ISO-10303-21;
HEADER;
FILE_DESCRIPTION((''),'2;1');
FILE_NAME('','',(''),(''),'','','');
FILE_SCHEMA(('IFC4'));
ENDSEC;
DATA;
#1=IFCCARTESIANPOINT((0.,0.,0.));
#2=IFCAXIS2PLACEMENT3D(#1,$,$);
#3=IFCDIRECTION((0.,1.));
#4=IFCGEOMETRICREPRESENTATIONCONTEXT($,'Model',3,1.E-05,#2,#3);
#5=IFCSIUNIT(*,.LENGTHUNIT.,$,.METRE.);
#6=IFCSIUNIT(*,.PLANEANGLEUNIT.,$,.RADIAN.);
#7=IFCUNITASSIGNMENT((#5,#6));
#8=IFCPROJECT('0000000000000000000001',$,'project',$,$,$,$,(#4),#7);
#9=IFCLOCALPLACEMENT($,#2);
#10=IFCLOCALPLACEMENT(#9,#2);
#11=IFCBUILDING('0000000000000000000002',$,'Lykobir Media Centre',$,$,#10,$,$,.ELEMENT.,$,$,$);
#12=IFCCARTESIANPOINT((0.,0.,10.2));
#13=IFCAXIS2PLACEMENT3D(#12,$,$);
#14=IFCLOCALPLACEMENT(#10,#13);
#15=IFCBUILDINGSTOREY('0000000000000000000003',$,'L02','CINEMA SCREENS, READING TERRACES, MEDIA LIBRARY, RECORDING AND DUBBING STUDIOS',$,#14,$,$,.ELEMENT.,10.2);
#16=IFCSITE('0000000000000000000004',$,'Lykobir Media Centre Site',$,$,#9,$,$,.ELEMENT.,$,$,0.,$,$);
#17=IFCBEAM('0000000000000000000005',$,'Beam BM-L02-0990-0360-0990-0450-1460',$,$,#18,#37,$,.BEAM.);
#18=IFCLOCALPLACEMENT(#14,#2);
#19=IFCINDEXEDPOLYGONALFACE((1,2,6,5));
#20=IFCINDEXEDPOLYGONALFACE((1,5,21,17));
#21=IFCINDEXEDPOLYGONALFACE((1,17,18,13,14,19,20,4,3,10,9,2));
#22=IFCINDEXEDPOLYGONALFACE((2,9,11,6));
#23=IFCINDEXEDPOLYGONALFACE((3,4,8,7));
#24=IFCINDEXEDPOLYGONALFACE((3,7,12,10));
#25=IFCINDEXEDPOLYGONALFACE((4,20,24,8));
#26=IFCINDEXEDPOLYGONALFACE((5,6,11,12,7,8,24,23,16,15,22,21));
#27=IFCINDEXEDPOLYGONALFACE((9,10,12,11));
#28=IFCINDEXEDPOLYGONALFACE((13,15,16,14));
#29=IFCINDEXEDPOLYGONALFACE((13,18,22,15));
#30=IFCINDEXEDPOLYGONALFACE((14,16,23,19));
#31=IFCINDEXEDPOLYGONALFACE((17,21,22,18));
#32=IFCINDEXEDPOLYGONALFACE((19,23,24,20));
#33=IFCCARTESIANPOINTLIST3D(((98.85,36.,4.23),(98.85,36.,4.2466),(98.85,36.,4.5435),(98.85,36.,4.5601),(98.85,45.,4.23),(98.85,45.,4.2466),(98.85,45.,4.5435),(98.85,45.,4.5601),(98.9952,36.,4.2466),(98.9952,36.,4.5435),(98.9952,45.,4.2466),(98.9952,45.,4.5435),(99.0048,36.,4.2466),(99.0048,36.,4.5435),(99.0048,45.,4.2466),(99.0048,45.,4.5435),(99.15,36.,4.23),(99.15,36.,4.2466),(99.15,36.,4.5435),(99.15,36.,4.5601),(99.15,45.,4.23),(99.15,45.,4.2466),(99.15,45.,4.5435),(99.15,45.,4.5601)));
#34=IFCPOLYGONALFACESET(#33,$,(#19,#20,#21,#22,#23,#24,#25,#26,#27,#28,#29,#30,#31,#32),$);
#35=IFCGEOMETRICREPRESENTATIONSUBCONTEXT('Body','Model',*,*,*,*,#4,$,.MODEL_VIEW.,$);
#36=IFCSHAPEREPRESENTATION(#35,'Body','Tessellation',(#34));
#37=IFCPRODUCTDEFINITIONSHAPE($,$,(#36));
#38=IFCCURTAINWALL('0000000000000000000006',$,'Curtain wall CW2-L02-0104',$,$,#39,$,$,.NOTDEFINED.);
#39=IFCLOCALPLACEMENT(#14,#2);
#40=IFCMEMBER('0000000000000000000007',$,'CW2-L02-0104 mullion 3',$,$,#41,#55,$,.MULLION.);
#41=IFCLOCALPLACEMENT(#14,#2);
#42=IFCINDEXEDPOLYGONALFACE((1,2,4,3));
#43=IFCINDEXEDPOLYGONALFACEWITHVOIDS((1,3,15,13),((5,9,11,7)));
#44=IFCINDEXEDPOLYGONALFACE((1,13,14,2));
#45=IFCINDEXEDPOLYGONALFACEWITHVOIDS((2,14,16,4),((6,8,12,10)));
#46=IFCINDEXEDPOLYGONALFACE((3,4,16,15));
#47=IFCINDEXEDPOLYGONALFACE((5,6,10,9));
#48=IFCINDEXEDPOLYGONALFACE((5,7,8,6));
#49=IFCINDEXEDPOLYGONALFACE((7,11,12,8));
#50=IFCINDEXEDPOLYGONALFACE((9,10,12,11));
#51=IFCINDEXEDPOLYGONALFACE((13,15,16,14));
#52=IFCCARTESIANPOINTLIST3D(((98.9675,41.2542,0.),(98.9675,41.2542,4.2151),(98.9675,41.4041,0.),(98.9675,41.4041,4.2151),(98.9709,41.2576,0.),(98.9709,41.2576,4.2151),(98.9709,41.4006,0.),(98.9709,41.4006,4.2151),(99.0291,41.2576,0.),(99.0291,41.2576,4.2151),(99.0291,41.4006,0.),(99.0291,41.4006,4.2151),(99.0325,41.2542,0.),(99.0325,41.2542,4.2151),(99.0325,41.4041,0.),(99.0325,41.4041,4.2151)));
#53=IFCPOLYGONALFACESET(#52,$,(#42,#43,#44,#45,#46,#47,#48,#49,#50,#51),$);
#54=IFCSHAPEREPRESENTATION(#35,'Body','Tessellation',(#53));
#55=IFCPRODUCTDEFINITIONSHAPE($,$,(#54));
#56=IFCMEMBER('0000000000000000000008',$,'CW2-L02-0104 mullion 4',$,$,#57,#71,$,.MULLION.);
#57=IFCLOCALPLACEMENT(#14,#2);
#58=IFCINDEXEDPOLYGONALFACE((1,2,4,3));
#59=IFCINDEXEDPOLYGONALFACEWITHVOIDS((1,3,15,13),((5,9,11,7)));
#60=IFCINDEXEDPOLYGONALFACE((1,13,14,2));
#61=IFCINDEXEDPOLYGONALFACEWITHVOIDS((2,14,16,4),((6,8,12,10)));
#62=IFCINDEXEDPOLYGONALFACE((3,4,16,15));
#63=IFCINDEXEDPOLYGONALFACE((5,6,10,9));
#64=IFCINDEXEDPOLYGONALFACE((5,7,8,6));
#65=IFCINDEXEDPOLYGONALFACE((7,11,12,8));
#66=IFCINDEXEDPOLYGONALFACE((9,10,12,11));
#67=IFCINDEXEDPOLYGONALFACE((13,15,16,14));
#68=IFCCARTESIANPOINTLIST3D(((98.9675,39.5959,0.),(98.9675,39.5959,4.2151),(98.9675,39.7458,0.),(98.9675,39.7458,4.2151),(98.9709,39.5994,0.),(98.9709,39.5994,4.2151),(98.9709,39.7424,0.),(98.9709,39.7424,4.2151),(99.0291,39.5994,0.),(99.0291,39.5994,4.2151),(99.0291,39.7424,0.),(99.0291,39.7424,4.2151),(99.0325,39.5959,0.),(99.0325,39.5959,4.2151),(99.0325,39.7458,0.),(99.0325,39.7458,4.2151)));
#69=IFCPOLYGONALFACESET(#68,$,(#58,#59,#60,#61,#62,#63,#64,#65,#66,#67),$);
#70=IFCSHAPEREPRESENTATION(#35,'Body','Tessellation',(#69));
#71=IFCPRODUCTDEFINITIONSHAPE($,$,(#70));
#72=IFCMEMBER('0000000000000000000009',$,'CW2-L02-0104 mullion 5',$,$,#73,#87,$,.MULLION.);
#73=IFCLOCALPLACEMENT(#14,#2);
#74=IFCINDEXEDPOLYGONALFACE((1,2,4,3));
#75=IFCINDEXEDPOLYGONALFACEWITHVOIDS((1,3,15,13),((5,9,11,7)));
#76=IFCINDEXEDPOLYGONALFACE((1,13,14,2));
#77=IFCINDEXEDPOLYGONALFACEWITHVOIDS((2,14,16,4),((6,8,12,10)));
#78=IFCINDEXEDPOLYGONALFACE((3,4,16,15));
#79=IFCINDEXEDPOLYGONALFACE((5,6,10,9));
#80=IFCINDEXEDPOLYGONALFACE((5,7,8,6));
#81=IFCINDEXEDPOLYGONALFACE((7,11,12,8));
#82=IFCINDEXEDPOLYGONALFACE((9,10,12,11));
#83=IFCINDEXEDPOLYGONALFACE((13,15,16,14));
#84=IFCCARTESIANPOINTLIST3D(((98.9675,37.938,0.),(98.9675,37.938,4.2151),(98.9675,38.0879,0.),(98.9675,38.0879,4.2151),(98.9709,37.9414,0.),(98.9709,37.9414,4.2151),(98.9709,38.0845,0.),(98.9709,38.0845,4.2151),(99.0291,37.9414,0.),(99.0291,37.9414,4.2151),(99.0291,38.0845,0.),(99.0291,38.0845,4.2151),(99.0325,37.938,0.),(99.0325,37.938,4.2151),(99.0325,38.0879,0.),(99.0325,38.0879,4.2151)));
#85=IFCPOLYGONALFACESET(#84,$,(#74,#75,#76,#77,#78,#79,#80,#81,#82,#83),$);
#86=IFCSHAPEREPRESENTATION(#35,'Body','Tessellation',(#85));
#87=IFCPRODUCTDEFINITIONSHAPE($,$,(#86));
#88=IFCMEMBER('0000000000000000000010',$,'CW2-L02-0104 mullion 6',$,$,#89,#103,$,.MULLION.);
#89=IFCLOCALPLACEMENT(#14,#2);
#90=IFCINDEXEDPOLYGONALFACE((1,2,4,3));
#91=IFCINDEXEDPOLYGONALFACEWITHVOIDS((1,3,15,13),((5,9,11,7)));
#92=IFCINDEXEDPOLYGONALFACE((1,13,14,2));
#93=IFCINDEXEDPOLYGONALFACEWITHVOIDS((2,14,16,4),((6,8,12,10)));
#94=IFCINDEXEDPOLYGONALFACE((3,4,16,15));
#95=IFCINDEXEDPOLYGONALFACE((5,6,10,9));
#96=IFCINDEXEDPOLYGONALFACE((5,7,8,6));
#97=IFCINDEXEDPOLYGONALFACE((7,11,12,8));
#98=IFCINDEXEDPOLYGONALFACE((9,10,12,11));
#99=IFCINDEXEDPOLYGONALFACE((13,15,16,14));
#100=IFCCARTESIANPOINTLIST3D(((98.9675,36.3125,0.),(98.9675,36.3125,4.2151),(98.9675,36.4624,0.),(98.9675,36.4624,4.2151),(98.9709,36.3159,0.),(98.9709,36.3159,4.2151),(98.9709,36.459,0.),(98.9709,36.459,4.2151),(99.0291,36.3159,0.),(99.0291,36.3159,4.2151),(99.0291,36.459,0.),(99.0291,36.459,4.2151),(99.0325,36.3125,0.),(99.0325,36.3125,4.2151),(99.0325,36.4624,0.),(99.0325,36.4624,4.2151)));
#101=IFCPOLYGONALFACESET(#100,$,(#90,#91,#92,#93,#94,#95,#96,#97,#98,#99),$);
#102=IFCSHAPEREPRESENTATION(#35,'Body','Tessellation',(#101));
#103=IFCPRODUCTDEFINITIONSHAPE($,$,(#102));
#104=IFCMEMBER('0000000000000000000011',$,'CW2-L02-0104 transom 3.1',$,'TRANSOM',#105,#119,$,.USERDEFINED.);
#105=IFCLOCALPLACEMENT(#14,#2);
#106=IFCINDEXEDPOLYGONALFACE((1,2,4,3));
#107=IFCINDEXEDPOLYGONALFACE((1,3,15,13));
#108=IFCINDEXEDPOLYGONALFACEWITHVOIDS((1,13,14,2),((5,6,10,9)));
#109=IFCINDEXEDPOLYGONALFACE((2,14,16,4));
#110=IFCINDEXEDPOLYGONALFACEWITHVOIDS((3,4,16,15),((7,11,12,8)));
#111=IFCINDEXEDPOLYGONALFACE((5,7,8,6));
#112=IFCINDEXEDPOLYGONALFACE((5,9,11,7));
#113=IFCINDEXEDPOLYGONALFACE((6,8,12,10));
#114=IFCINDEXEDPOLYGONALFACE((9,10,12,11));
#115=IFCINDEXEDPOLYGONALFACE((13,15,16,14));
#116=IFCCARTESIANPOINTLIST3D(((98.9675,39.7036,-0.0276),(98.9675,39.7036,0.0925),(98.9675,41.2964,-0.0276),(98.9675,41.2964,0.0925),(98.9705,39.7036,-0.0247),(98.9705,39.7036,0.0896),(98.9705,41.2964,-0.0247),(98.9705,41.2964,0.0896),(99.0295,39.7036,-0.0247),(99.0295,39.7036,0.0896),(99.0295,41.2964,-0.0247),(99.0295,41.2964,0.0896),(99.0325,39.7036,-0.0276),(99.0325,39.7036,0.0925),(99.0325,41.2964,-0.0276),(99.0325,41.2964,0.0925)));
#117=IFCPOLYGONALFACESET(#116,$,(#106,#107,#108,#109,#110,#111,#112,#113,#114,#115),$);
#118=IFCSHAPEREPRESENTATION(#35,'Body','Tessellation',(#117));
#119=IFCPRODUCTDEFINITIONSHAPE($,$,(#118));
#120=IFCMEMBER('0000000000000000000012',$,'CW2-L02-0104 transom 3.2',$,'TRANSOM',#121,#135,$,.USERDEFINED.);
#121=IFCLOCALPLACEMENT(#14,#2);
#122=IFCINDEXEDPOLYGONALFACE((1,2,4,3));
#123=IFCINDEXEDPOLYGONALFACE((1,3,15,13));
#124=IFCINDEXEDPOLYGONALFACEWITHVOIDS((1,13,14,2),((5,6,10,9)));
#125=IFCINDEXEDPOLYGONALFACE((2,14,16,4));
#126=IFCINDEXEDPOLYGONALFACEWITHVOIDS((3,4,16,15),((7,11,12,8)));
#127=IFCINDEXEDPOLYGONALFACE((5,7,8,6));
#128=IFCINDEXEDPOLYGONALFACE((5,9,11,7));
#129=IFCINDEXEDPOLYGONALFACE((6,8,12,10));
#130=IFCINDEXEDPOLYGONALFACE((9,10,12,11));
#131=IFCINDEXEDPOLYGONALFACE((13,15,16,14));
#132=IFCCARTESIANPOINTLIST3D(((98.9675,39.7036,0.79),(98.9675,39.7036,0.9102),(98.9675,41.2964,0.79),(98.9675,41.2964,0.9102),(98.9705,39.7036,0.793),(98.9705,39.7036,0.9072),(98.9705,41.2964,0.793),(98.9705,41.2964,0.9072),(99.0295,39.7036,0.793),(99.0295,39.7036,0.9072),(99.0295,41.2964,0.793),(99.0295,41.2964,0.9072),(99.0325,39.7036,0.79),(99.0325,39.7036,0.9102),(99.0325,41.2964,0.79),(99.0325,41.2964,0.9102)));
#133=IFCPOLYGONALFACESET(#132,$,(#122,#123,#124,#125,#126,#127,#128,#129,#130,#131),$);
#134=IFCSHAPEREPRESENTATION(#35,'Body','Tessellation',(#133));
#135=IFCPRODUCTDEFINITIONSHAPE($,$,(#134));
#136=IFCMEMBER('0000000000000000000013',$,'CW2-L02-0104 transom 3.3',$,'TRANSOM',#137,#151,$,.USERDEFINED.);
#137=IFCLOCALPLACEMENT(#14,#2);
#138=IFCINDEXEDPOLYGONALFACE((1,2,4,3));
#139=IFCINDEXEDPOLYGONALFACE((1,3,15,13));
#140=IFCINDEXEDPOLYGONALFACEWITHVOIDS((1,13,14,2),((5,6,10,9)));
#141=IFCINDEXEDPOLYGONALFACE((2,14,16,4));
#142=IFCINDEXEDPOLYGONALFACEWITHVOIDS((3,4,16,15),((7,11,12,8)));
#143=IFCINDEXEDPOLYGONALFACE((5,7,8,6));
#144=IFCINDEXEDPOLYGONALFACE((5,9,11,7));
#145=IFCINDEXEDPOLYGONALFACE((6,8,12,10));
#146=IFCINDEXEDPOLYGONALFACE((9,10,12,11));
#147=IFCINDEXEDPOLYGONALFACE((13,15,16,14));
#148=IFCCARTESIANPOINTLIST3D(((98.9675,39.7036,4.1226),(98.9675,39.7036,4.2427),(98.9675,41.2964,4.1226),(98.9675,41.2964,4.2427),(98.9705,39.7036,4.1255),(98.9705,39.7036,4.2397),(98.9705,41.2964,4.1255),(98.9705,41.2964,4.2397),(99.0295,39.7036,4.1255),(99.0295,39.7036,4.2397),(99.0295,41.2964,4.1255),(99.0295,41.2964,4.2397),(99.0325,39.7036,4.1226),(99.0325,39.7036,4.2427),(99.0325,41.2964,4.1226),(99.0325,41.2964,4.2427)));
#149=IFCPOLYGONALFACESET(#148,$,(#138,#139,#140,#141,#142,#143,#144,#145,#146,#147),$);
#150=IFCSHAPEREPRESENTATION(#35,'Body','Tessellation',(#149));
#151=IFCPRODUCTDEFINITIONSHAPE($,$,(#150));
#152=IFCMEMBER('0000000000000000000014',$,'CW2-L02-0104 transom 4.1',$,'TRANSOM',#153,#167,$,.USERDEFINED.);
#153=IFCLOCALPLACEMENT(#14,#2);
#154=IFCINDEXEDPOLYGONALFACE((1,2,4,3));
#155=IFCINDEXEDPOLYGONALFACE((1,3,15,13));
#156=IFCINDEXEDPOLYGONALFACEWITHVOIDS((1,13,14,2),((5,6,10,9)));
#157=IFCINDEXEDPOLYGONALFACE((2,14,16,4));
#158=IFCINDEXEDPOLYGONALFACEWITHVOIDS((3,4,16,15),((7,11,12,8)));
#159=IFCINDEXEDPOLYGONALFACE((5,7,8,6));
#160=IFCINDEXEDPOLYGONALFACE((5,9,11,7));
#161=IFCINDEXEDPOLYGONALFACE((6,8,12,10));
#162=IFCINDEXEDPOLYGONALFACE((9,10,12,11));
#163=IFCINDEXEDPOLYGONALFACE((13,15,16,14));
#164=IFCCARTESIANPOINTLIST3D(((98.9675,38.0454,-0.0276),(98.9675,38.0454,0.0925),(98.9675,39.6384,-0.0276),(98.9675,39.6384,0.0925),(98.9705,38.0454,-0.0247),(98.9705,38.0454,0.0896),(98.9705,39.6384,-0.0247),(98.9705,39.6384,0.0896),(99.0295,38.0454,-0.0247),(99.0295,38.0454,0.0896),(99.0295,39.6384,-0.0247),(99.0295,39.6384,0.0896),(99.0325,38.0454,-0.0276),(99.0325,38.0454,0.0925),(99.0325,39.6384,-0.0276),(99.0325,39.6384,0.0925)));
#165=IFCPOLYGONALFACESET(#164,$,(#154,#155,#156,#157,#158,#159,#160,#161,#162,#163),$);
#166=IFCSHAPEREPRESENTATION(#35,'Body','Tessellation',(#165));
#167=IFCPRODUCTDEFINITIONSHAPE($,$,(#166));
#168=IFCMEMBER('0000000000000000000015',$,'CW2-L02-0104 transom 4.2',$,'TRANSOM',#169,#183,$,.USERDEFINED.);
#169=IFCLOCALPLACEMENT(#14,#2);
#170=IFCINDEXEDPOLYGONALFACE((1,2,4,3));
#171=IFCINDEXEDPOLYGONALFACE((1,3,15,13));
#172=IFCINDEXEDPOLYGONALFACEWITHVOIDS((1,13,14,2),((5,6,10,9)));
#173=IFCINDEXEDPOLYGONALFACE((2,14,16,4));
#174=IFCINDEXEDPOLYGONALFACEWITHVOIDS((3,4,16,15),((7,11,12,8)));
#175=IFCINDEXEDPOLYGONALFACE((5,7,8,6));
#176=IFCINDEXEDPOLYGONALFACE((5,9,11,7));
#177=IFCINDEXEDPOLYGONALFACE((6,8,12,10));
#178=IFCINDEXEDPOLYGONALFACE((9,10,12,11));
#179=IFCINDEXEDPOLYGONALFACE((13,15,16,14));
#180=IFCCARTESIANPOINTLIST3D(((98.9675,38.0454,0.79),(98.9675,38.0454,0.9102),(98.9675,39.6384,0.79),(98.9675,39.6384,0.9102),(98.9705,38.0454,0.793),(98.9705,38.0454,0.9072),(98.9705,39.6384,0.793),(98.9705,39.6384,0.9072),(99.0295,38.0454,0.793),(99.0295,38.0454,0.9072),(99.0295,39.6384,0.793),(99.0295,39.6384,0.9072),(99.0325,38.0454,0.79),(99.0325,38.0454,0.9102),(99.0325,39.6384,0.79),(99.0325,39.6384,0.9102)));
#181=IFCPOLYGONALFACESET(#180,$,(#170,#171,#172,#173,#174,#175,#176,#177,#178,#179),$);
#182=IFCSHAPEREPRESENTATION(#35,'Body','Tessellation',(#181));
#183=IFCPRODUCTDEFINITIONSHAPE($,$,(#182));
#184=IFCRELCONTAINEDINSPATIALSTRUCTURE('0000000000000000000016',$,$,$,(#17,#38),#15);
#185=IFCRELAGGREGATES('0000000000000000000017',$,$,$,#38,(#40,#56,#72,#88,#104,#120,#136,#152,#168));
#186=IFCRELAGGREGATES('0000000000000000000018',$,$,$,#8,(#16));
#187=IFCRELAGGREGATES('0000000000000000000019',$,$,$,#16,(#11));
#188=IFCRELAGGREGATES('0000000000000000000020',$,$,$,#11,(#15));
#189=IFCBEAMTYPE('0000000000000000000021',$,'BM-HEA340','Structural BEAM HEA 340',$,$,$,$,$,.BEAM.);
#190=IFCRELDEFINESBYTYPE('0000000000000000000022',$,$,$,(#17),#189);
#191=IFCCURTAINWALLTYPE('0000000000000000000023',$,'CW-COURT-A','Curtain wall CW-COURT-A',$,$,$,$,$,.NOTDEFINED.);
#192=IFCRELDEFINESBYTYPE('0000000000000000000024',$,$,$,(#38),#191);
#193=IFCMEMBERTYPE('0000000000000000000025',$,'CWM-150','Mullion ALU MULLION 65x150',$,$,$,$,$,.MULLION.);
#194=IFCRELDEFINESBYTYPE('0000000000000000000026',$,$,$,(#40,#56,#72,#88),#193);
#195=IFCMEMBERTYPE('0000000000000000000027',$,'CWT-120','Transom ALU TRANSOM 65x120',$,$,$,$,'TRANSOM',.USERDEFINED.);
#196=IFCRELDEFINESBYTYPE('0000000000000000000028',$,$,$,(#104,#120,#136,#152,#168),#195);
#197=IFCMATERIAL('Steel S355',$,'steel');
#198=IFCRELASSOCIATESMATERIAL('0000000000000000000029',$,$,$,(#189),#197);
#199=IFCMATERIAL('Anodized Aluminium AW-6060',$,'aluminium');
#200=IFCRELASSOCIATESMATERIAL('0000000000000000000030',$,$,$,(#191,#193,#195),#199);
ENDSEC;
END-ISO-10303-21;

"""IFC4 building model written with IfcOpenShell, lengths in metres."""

from ifc_helpers import new_model, si_unit, direction, frame, origin, origin_2d, place, context, subcontext, project, spatial, hollow_rectangle, i_section, extrude, material, material_profile, profile_set, type_object, element, aggregate, save


model = new_model("IFC4")

# Units and contexts
model_context = context("Model", 3, precision=1e-05, world=origin(), true_north=direction((0.0, 1.0)))
body_context = subcontext(model_context, "Body", "Model", "MODEL_VIEW")
ifc_project = project(units=[si_unit("LENGTHUNIT", "METRE"), si_unit("PLANEANGLEUNIT", "RADIAN")], contexts=[model_context])

# Site, building, storey
site_placement = place(None, origin())
site = spatial("IfcSite", under=ifc_project, at=site_placement, Name="Lykobir Media Centre Site", CompositionType="ELEMENT", RefElevation=0.0)
building_placement = place(site_placement, origin())
building = spatial("IfcBuilding", under=site, at=building_placement, Name="Lykobir Media Centre", CompositionType="ELEMENT")
storey_placement = place(building_placement, frame((0.0, 0.0, 10.2)))
storey = spatial("IfcBuildingStorey", under=building, at=storey_placement, Name="L02", Description="CINEMA SCREENS, READING TERRACES, MEDIA LIBRARY, RECORDING AND DUBBING STUDIOS", CompositionType="ELEMENT", Elevation=10.2)

# Beam
ifc_material_1 = material(Name="Steel S355", Category="steel")
ifc_material_profile_1 = material_profile(ifc_material_1, i_section(OverallWidth=0.3, OverallDepth=0.3301, WebThickness=0.0095, FlangeThickness=0.0166, at=origin_2d()), Name="HEA 340")
ifc_profile_set_1 = profile_set([ifc_material_profile_1], Name="Steel S355")
beam_type = type_object("IfcBeamType", Name="BM-HEA340", Description="Structural BEAM HEA 340", PredefinedType="BEAM", material=ifc_profile_set_1)
beam_placement = place(storey_placement, frame((99.0, 36.0, 4.395), z_axis=(0.0, 1.0, 0.0), x_axis=(-1.0, 0.0, 0.0)))
element("IfcBeam", 1, at=beam_placement, inside=storey, type_object=beam_type, Name="Beam BM-L02-0990-0360-0990-0450-1460", PredefinedType="BEAM", context=body_context, shape_type="SweptSolid", body=[
    extrude(i_section(OverallWidth=0.3, OverallDepth=0.3301, WebThickness=0.0095, FlangeThickness=0.0166, at=origin_2d()), origin(), (0.0, 0.0, 1.0), 9.0),
])

# Curtain wall, members
ifc_material_2 = material(Name="Anodized Aluminium AW-6060", Category="aluminium")
curtain_wall_type = type_object("IfcCurtainWallType", Name="CW-COURT-A", Description="Curtain wall CW-COURT-A", PredefinedType="NOTDEFINED", material=ifc_material_2)
curtain_wall_placement = place(storey_placement, origin())
curtain_wall = element("IfcCurtainWall", 2, at=curtain_wall_placement, inside=storey, type_object=curtain_wall_type, Name="Curtain wall CW2-L02-0104", PredefinedType="NOTDEFINED")
ifc_material_profile_2 = material_profile(ifc_material_2, hollow_rectangle(XDim=0.0649, YDim=0.1499, WallThickness=0.0034, at=origin_2d()), Name="ALU MULLION 65x150")
ifc_profile_set_2 = profile_set([ifc_material_profile_2], Name="Anodized Aluminium AW-6060")
member_type_1 = type_object("IfcMemberType", Name="CWM-150", Description="Mullion ALU MULLION 65x150", PredefinedType="MULLION", material=ifc_profile_set_2)
member_1_placement = place(storey_placement, frame((99.0, 41.3291, 0.0), z_axis=(0.0, 0.0, 1.0), x_axis=(1.0, 0.0, 0.0)))
member_1 = element("IfcMember", 3, at=member_1_placement, type_object=member_type_1, Name="CW2-L02-0104 mullion 3", PredefinedType="MULLION", context=body_context, shape_type="SweptSolid", body=[
    extrude(hollow_rectangle(XDim=0.0649, YDim=0.1499, WallThickness=0.0034, at=origin_2d()), origin(), (0.0, 0.0, 1.0), 4.2151),
])
member_2_placement = place(storey_placement, frame((99.0, 39.6709, 0.0), z_axis=(0.0, 0.0, 1.0), x_axis=(1.0, 0.0, 0.0)))
member_2 = element("IfcMember", 4, at=member_2_placement, type_object=member_type_1, Name="CW2-L02-0104 mullion 4", PredefinedType="MULLION", context=body_context, shape_type="SweptSolid", body=[
    extrude(hollow_rectangle(XDim=0.0649, YDim=0.1499, WallThickness=0.0034, at=origin_2d()), origin(), (0.0, 0.0, 1.0), 4.2151),
])
member_3_placement = place(storey_placement, frame((99.0, 38.0129, 0.0), z_axis=(0.0, 0.0, 1.0), x_axis=(1.0, 0.0, 0.0)))
member_3 = element("IfcMember", 5, at=member_3_placement, type_object=member_type_1, Name="CW2-L02-0104 mullion 5", PredefinedType="MULLION", context=body_context, shape_type="SweptSolid", body=[
    extrude(hollow_rectangle(XDim=0.0649, YDim=0.1499, WallThickness=0.0034, at=origin_2d()), origin(), (0.0, 0.0, 1.0), 4.2151),
])
member_4_placement = place(storey_placement, frame((99.0, 36.3875, 0.0), z_axis=(0.0, 0.0, 1.0), x_axis=(1.0, 0.0, 0.0)))
member_4 = element("IfcMember", 6, at=member_4_placement, type_object=member_type_1, Name="CW2-L02-0104 mullion 6", PredefinedType="MULLION", context=body_context, shape_type="SweptSolid", body=[
    extrude(hollow_rectangle(XDim=0.0649, YDim=0.1499, WallThickness=0.0034, at=origin_2d()), origin(), (0.0, 0.0, 1.0), 4.2151),
])
ifc_material_profile_3 = material_profile(ifc_material_2, hollow_rectangle(XDim=0.0649, YDim=0.1201, WallThickness=0.0029, at=origin_2d()), Name="ALU TRANSOM 65x120")
ifc_profile_set_3 = profile_set([ifc_material_profile_3], Name="Anodized Aluminium AW-6060")
member_type_2 = type_object("IfcMemberType", Name="CWT-120", Description="Transom ALU TRANSOM 65x120", ElementType="TRANSOM", PredefinedType="USERDEFINED", material=ifc_profile_set_3)
member_5_placement = place(storey_placement, frame((99.0, 41.2964, 0.0325), z_axis=(0.0, -1.0, 0.0), x_axis=(1.0, 0.0, 0.0)))
member_5 = element("IfcMember", 7, at=member_5_placement, type_object=member_type_2, Name="CW2-L02-0104 transom 3.1", ObjectType="TRANSOM", PredefinedType="USERDEFINED", context=body_context, shape_type="SweptSolid", body=[
    extrude(hollow_rectangle(XDim=0.0649, YDim=0.1201, WallThickness=0.0029, at=origin_2d()), origin(), (0.0, 0.0, 1.0), 1.5928),
])
member_6_placement = place(storey_placement, frame((99.0, 41.2964, 0.8501), z_axis=(0.0, -1.0, 0.0), x_axis=(1.0, 0.0, 0.0)))
member_6 = element("IfcMember", 8, at=member_6_placement, type_object=member_type_2, Name="CW2-L02-0104 transom 3.2", ObjectType="TRANSOM", PredefinedType="USERDEFINED", context=body_context, shape_type="SweptSolid", body=[
    extrude(hollow_rectangle(XDim=0.0649, YDim=0.1201, WallThickness=0.0029, at=origin_2d()), origin(), (0.0, 0.0, 1.0), 1.5928),
])
member_7_placement = place(storey_placement, frame((99.0, 41.2964, 4.1826), z_axis=(0.0, -1.0, 0.0), x_axis=(1.0, 0.0, 0.0)))
member_7 = element("IfcMember", 9, at=member_7_placement, type_object=member_type_2, Name="CW2-L02-0104 transom 3.3", ObjectType="TRANSOM", PredefinedType="USERDEFINED", context=body_context, shape_type="SweptSolid", body=[
    extrude(hollow_rectangle(XDim=0.0649, YDim=0.1201, WallThickness=0.0029, at=origin_2d()), origin(), (0.0, 0.0, 1.0), 1.5928),
])
member_8_placement = place(storey_placement, frame((99.0, 39.6384, 0.0325), z_axis=(0.0, -1.0, 0.0), x_axis=(1.0, 0.0, 0.0)))
member_8 = element("IfcMember", 10, at=member_8_placement, type_object=member_type_2, Name="CW2-L02-0104 transom 4.1", ObjectType="TRANSOM", PredefinedType="USERDEFINED", context=body_context, shape_type="SweptSolid", body=[
    extrude(hollow_rectangle(XDim=0.0649, YDim=0.1201, WallThickness=0.0029, at=origin_2d()), origin(), (0.0, 0.0, 1.0), 1.593),
])
member_9_placement = place(storey_placement, frame((99.0, 39.6384, 0.8501), z_axis=(0.0, -1.0, 0.0), x_axis=(1.0, 0.0, 0.0)))
member_9 = element("IfcMember", 11, at=member_9_placement, type_object=member_type_2, Name="CW2-L02-0104 transom 4.2", ObjectType="TRANSOM", PredefinedType="USERDEFINED", context=body_context, shape_type="SweptSolid", body=[
    extrude(hollow_rectangle(XDim=0.0649, YDim=0.1201, WallThickness=0.0029, at=origin_2d()), origin(), (0.0, 0.0, 1.0), 1.593),
])
aggregate(curtain_wall, [member_1, member_2, member_3, member_4, member_5, member_6, member_7, member_8, member_9])

save(model, "model.ifc")
